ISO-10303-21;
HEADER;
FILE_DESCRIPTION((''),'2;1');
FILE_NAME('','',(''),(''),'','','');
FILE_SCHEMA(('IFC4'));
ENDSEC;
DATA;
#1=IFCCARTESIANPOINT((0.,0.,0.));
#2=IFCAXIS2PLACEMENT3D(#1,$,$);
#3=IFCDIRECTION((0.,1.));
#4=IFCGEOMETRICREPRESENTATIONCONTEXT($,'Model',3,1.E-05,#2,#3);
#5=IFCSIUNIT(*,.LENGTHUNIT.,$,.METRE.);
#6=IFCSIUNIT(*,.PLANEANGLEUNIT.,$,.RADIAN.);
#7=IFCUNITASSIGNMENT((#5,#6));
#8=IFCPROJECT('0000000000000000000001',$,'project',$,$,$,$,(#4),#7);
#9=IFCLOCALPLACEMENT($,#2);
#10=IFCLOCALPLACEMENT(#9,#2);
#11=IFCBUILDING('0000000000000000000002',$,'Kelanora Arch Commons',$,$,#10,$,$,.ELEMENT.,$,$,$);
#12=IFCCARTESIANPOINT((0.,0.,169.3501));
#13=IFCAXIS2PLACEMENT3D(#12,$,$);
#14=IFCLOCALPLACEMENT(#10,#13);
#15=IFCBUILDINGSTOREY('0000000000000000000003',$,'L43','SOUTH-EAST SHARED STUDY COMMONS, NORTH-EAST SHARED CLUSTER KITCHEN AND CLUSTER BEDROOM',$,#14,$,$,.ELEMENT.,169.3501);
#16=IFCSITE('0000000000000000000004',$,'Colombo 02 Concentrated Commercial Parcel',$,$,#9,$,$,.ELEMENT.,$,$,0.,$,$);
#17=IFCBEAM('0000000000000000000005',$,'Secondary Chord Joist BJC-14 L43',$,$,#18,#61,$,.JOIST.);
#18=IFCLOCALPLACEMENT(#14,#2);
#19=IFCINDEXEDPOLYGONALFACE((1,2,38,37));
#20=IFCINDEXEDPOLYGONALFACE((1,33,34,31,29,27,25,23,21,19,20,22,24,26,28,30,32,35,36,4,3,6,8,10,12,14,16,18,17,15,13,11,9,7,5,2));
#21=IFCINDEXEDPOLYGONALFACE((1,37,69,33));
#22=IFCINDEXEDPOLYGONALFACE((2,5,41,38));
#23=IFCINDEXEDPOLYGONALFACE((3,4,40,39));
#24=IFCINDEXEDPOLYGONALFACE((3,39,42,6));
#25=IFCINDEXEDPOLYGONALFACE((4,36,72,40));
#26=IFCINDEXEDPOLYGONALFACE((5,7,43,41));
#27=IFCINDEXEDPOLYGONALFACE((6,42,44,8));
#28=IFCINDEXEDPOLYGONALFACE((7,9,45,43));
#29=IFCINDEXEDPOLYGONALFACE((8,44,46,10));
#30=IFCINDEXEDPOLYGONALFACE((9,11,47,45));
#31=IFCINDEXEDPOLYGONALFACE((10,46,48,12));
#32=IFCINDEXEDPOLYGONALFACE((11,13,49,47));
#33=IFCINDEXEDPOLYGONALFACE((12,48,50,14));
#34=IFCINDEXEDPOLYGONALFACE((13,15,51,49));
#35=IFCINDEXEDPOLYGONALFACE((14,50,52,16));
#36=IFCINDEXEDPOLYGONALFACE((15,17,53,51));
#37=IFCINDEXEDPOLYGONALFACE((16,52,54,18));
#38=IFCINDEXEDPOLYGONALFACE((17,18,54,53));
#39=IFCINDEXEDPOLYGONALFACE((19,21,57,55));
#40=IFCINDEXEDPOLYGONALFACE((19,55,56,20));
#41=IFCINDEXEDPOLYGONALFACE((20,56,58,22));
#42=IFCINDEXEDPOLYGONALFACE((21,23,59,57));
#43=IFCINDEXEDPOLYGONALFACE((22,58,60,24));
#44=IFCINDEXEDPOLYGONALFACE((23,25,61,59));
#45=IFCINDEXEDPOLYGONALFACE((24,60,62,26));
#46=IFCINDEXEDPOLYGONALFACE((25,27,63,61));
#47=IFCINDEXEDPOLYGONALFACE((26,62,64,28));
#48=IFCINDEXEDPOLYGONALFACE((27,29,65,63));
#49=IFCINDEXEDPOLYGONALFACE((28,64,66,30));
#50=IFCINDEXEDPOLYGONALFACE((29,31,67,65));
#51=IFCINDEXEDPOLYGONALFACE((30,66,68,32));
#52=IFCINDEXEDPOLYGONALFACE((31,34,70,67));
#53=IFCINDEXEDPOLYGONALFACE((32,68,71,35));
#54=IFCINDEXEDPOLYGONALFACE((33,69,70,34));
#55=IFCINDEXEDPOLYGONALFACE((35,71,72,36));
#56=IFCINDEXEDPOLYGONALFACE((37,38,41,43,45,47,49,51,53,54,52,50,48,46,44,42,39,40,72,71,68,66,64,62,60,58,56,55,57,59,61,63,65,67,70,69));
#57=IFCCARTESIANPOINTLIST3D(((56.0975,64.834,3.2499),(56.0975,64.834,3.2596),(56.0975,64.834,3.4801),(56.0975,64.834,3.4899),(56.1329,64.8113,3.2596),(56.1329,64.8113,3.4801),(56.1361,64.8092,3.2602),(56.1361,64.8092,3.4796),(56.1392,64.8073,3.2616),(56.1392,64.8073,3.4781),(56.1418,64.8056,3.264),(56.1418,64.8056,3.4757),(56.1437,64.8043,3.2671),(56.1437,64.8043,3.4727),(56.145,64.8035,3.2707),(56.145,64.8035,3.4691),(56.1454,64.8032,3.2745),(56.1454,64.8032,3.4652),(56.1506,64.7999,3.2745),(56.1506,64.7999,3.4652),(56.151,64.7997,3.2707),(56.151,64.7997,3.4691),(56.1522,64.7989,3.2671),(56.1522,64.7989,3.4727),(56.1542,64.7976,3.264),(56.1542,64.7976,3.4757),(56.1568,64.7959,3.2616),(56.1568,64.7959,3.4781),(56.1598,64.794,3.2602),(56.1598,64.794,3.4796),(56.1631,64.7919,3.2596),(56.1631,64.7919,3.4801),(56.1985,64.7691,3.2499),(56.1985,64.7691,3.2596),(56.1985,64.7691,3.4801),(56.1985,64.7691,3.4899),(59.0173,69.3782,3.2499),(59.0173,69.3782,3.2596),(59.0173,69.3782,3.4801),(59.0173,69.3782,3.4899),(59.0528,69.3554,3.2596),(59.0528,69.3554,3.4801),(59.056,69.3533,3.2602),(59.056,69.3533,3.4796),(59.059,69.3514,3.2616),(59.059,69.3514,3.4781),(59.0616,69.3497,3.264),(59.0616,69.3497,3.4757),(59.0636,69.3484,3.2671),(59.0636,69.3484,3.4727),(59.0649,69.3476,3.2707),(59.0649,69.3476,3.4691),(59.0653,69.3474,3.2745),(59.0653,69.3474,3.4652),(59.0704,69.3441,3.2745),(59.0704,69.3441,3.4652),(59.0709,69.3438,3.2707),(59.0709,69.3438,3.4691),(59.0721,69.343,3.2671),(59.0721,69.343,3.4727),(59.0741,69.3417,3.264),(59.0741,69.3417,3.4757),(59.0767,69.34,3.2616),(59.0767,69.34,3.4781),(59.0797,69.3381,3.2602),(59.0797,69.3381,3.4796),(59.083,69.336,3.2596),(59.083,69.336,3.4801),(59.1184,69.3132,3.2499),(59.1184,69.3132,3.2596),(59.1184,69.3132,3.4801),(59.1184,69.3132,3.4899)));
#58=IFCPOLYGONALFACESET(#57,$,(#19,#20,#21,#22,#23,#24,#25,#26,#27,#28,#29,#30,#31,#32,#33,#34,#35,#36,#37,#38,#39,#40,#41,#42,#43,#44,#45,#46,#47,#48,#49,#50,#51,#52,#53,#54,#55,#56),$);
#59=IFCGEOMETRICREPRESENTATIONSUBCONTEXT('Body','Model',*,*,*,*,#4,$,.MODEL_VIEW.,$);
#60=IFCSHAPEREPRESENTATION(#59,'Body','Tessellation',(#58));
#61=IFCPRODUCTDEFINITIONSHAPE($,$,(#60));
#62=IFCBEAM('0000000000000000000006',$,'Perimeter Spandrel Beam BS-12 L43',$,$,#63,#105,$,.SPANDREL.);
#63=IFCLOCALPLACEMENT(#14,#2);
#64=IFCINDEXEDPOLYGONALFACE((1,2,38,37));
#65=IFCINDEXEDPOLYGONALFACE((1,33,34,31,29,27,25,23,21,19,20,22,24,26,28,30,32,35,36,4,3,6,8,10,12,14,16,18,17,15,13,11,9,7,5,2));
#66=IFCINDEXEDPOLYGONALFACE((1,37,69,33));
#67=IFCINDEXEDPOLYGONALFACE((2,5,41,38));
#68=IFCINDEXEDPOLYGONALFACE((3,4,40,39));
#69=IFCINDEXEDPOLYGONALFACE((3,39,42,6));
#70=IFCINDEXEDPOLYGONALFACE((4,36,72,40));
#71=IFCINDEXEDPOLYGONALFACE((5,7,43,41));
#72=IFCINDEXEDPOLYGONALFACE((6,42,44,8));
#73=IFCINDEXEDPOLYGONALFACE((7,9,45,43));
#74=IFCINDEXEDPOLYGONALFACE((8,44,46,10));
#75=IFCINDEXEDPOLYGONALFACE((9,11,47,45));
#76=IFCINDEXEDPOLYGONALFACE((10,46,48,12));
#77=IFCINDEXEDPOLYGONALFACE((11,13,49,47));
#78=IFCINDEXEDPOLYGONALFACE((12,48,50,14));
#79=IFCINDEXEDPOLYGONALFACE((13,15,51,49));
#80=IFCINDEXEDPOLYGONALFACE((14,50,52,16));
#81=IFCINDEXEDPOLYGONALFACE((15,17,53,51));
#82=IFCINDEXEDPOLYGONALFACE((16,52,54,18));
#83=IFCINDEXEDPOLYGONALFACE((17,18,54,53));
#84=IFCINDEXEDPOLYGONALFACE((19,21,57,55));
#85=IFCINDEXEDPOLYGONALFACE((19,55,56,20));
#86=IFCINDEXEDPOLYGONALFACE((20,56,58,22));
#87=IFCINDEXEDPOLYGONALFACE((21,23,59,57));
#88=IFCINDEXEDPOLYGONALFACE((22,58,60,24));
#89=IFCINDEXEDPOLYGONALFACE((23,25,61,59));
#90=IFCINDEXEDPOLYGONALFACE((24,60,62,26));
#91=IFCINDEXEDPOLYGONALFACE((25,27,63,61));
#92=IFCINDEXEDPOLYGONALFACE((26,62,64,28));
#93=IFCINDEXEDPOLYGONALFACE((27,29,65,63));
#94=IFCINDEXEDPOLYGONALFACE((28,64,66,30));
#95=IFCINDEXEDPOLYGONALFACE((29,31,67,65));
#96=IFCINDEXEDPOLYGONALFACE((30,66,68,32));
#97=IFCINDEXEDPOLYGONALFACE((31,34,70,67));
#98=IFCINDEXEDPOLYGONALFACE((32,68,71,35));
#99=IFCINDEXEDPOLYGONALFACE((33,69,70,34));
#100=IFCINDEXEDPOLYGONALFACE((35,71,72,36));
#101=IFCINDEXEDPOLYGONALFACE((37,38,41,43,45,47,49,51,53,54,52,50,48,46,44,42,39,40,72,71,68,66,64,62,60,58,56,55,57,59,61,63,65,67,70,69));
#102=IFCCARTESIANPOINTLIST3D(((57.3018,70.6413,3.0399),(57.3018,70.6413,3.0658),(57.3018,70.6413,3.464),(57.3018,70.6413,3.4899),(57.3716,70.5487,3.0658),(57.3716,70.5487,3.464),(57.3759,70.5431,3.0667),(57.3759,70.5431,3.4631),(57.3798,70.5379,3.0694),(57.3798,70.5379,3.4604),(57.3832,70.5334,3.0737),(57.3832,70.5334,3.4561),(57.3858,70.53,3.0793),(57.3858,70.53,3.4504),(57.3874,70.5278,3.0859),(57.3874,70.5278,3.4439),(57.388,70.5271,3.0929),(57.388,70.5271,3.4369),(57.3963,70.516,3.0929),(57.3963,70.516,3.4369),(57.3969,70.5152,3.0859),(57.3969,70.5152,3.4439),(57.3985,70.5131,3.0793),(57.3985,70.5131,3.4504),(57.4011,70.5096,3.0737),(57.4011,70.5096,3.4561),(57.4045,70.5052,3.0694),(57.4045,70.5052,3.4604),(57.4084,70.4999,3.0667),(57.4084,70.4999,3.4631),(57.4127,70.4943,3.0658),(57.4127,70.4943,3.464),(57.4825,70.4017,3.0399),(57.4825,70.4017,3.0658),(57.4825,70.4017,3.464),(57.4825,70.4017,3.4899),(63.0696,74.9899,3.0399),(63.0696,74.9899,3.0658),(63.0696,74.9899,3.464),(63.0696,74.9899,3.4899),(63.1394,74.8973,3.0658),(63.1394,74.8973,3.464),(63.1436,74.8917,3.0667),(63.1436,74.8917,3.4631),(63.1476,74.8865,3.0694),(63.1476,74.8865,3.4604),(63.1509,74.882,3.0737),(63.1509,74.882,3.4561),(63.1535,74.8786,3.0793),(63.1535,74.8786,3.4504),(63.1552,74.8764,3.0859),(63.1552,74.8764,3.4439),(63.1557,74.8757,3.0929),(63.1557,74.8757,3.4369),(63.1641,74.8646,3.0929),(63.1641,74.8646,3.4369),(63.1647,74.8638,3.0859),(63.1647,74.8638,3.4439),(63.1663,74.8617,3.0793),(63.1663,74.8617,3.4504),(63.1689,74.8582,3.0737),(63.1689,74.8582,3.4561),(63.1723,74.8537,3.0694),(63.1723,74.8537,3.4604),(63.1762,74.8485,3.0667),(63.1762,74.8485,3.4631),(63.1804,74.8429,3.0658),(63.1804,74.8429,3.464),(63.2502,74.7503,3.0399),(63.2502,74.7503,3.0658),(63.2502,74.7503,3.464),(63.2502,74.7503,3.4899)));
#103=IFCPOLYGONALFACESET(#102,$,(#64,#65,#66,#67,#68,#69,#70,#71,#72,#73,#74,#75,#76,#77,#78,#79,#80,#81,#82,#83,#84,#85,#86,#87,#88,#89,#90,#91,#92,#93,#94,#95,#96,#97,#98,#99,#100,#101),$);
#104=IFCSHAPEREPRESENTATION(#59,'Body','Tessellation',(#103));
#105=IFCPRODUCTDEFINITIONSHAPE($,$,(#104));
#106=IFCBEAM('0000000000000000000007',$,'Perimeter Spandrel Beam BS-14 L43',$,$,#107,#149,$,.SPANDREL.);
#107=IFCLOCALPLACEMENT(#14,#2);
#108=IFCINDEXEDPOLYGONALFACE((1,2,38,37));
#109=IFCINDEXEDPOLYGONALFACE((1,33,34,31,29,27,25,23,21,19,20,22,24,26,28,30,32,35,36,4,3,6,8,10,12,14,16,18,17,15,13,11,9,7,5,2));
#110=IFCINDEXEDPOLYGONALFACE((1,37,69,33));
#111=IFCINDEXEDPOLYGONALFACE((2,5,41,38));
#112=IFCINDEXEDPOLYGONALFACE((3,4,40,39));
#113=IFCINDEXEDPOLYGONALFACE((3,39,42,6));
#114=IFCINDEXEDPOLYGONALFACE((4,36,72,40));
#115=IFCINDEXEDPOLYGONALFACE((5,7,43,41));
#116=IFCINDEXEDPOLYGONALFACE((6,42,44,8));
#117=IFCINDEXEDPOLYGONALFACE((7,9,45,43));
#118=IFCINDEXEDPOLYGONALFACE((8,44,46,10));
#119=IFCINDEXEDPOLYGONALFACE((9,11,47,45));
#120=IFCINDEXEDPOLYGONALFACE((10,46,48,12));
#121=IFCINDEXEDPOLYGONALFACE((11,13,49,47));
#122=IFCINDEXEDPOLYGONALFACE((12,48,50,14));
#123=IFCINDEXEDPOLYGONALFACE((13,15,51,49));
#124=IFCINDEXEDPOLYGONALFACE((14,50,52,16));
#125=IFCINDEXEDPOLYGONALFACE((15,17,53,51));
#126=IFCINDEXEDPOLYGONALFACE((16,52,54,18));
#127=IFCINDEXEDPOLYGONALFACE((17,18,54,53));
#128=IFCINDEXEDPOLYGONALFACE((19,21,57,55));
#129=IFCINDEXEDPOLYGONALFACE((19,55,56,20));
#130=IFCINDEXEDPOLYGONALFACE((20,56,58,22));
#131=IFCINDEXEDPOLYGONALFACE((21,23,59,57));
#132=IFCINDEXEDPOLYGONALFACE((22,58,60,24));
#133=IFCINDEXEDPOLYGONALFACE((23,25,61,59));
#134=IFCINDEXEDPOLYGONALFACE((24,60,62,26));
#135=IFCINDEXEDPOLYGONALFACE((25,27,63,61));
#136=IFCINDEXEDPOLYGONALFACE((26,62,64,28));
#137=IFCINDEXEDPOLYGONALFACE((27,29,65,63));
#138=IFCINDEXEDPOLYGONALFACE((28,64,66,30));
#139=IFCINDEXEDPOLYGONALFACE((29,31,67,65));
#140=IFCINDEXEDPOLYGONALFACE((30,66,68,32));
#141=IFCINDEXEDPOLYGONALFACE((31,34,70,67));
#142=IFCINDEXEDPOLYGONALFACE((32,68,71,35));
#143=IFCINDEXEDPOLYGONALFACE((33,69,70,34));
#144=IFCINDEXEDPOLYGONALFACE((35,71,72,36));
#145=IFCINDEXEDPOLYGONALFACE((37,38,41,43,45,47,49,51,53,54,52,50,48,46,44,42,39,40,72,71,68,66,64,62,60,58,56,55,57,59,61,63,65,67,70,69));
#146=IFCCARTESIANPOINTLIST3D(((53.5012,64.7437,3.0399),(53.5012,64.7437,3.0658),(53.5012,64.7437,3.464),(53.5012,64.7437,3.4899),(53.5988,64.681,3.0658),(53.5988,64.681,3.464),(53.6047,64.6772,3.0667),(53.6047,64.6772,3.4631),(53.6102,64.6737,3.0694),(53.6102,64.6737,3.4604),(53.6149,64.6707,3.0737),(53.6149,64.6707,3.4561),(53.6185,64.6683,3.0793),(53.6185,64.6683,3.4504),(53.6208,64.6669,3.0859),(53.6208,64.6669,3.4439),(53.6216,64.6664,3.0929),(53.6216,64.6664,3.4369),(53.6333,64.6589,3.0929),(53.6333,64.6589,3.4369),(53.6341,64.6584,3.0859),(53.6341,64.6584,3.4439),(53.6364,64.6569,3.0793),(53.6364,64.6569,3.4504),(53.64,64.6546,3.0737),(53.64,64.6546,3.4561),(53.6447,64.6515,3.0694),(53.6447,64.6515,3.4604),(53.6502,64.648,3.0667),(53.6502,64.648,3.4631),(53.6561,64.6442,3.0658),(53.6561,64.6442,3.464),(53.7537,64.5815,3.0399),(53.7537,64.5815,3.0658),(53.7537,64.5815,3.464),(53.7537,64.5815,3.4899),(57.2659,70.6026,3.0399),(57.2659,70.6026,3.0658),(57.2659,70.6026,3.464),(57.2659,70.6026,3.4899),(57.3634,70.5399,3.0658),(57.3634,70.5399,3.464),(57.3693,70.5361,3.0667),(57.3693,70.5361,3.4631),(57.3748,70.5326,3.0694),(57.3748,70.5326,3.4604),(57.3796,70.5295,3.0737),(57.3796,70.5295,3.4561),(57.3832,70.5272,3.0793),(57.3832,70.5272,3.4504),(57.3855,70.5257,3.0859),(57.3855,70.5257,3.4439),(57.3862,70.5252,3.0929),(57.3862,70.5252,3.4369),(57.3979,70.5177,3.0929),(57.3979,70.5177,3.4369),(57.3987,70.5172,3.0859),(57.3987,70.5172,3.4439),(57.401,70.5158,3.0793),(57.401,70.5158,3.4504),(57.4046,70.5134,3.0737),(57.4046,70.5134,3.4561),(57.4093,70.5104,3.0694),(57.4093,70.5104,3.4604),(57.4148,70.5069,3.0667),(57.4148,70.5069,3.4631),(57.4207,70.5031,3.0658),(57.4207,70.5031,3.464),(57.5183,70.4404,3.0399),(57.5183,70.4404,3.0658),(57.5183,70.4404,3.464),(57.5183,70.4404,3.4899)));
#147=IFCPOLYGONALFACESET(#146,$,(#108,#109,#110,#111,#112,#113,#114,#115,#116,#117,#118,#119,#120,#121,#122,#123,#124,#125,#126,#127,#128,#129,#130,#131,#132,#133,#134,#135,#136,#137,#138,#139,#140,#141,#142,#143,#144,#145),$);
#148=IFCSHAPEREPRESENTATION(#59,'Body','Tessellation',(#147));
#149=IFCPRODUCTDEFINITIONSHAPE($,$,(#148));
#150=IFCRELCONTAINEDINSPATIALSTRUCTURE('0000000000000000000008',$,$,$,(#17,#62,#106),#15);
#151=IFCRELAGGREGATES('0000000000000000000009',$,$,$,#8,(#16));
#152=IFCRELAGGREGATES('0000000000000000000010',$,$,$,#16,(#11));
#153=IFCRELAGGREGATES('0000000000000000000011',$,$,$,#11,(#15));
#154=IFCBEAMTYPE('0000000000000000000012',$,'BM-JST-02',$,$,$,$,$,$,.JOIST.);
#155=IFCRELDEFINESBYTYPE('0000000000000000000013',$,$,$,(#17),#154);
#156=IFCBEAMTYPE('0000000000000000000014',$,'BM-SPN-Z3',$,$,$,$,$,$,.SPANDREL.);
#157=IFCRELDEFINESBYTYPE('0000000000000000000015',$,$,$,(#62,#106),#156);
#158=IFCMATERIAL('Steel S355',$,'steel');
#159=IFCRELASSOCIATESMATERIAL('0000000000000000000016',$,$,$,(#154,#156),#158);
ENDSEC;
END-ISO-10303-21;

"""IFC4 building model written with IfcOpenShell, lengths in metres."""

from ifc_helpers import new_model, si_unit, direction, frame, origin, origin_2d, place, context, subcontext, project, spatial, i_section, extrude, material, material_profile, profile_set, type_object, element, save


model = new_model("IFC4")

# Units and contexts
model_context = context("Model", 3, precision=1e-05, world=origin(), true_north=direction((0.0, 1.0)))
body_context = subcontext(model_context, "Body", "Model", "MODEL_VIEW")
ifc_project = project(units=[si_unit("LENGTHUNIT", "METRE"), si_unit("PLANEANGLEUNIT", "RADIAN")], contexts=[model_context])

# Site, building, storey
site_placement = place(None, origin())
site = spatial("IfcSite", under=ifc_project, at=site_placement, Name="Colombo 02 Concentrated Commercial Parcel", CompositionType="ELEMENT", RefElevation=0.0)
building_placement = place(site_placement, origin())
building = spatial("IfcBuilding", under=site, at=building_placement, Name="Kelanora Arch Commons", CompositionType="ELEMENT")
storey_placement = place(building_placement, frame((0.0, 0.0, 169.3501)))
storey = spatial("IfcBuildingStorey", under=building, at=storey_placement, Name="L43", Description="SOUTH-EAST SHARED STUDY COMMONS, NORTH-EAST SHARED CLUSTER KITCHEN AND CLUSTER BEDROOM", CompositionType="ELEMENT", Elevation=169.3501)

# Beams
ifc_material_1 = material(Name="Steel S355", Category="steel")
ifc_material_profile_1 = material_profile(ifc_material_1, i_section(OverallWidth=0.1201, OverallDepth=0.24, WebThickness=0.0061, FlangeThickness=0.0098, FilletRadius=0.0149, at=origin_2d()), Name="IPE240")
ifc_profile_set_1 = profile_set([ifc_material_profile_1], Name="Steel S355")
beam_type_1 = type_object("IfcBeamType", Name="BM-JST-02", PredefinedType="JOIST", material=ifc_profile_set_1)
beam_1_placement = place(storey_placement, frame((59.0679, 69.3457, 3.3699), z_axis=(-0.540582, -0.841292, 0.0), x_axis=(0.841292, -0.540582, 0.0)))
element("IfcBeam", 1, at=beam_1_placement, inside=storey, type_object=beam_type_1, Name="Secondary Chord Joist BJC-14 L43", PredefinedType="JOIST", context=body_context, shape_type="SweptSolid", body=[
    extrude(i_section(OverallWidth=0.1201, OverallDepth=0.24, WebThickness=0.0061, FlangeThickness=0.0098, FilletRadius=0.0149, at=origin_2d()), origin(), (0.0, 0.0, 1.0), 5.4014),
])
ifc_material_profile_2 = material_profile(ifc_material_1, i_section(OverallWidth=0.3, OverallDepth=0.45, WebThickness=0.0139, FlangeThickness=0.0259, FilletRadius=0.0271, at=origin_2d()), Name="HEB450")
ifc_profile_set_2 = profile_set([ifc_material_profile_2], Name="Steel S355")
beam_type_2 = type_object("IfcBeamType", Name="BM-SPN-Z3", PredefinedType="SPANDREL", material=ifc_profile_set_2)
beam_2_placement = place(storey_placement, frame((63.1599, 74.8701, 3.2649), z_axis=(-0.798485, -0.602015, 0.0), x_axis=(0.602015, -0.798485, 0.0)))
element("IfcBeam", 2, at=beam_2_placement, inside=storey, type_object=beam_type_2, Name="Perimeter Spandrel Beam BS-12 L43", PredefinedType="SPANDREL", context=body_context, shape_type="SweptSolid", body=[
    extrude(i_section(OverallWidth=0.3, OverallDepth=0.45, WebThickness=0.0139, FlangeThickness=0.0259, FilletRadius=0.0271, at=origin_2d()), origin(), (0.0, 0.0, 1.0), 7.2234),
])
beam_3_placement = place(storey_placement, frame((57.3921, 70.5215, 3.2649), z_axis=(-0.540577, -0.841295, 0.0), x_axis=(0.841295, -0.540577, 0.0)))
element("IfcBeam", 3, at=beam_3_placement, inside=storey, type_object=beam_type_2, Name="Perimeter Spandrel Beam BS-14 L43", PredefinedType="SPANDREL", context=body_context, shape_type="SweptSolid", body=[
    extrude(i_section(OverallWidth=0.3, OverallDepth=0.45, WebThickness=0.0139, FlangeThickness=0.0259, FilletRadius=0.0271, at=origin_2d()), origin(), (0.0, 0.0, 1.0), 6.9641),
])

save(model, "model.ifc")
